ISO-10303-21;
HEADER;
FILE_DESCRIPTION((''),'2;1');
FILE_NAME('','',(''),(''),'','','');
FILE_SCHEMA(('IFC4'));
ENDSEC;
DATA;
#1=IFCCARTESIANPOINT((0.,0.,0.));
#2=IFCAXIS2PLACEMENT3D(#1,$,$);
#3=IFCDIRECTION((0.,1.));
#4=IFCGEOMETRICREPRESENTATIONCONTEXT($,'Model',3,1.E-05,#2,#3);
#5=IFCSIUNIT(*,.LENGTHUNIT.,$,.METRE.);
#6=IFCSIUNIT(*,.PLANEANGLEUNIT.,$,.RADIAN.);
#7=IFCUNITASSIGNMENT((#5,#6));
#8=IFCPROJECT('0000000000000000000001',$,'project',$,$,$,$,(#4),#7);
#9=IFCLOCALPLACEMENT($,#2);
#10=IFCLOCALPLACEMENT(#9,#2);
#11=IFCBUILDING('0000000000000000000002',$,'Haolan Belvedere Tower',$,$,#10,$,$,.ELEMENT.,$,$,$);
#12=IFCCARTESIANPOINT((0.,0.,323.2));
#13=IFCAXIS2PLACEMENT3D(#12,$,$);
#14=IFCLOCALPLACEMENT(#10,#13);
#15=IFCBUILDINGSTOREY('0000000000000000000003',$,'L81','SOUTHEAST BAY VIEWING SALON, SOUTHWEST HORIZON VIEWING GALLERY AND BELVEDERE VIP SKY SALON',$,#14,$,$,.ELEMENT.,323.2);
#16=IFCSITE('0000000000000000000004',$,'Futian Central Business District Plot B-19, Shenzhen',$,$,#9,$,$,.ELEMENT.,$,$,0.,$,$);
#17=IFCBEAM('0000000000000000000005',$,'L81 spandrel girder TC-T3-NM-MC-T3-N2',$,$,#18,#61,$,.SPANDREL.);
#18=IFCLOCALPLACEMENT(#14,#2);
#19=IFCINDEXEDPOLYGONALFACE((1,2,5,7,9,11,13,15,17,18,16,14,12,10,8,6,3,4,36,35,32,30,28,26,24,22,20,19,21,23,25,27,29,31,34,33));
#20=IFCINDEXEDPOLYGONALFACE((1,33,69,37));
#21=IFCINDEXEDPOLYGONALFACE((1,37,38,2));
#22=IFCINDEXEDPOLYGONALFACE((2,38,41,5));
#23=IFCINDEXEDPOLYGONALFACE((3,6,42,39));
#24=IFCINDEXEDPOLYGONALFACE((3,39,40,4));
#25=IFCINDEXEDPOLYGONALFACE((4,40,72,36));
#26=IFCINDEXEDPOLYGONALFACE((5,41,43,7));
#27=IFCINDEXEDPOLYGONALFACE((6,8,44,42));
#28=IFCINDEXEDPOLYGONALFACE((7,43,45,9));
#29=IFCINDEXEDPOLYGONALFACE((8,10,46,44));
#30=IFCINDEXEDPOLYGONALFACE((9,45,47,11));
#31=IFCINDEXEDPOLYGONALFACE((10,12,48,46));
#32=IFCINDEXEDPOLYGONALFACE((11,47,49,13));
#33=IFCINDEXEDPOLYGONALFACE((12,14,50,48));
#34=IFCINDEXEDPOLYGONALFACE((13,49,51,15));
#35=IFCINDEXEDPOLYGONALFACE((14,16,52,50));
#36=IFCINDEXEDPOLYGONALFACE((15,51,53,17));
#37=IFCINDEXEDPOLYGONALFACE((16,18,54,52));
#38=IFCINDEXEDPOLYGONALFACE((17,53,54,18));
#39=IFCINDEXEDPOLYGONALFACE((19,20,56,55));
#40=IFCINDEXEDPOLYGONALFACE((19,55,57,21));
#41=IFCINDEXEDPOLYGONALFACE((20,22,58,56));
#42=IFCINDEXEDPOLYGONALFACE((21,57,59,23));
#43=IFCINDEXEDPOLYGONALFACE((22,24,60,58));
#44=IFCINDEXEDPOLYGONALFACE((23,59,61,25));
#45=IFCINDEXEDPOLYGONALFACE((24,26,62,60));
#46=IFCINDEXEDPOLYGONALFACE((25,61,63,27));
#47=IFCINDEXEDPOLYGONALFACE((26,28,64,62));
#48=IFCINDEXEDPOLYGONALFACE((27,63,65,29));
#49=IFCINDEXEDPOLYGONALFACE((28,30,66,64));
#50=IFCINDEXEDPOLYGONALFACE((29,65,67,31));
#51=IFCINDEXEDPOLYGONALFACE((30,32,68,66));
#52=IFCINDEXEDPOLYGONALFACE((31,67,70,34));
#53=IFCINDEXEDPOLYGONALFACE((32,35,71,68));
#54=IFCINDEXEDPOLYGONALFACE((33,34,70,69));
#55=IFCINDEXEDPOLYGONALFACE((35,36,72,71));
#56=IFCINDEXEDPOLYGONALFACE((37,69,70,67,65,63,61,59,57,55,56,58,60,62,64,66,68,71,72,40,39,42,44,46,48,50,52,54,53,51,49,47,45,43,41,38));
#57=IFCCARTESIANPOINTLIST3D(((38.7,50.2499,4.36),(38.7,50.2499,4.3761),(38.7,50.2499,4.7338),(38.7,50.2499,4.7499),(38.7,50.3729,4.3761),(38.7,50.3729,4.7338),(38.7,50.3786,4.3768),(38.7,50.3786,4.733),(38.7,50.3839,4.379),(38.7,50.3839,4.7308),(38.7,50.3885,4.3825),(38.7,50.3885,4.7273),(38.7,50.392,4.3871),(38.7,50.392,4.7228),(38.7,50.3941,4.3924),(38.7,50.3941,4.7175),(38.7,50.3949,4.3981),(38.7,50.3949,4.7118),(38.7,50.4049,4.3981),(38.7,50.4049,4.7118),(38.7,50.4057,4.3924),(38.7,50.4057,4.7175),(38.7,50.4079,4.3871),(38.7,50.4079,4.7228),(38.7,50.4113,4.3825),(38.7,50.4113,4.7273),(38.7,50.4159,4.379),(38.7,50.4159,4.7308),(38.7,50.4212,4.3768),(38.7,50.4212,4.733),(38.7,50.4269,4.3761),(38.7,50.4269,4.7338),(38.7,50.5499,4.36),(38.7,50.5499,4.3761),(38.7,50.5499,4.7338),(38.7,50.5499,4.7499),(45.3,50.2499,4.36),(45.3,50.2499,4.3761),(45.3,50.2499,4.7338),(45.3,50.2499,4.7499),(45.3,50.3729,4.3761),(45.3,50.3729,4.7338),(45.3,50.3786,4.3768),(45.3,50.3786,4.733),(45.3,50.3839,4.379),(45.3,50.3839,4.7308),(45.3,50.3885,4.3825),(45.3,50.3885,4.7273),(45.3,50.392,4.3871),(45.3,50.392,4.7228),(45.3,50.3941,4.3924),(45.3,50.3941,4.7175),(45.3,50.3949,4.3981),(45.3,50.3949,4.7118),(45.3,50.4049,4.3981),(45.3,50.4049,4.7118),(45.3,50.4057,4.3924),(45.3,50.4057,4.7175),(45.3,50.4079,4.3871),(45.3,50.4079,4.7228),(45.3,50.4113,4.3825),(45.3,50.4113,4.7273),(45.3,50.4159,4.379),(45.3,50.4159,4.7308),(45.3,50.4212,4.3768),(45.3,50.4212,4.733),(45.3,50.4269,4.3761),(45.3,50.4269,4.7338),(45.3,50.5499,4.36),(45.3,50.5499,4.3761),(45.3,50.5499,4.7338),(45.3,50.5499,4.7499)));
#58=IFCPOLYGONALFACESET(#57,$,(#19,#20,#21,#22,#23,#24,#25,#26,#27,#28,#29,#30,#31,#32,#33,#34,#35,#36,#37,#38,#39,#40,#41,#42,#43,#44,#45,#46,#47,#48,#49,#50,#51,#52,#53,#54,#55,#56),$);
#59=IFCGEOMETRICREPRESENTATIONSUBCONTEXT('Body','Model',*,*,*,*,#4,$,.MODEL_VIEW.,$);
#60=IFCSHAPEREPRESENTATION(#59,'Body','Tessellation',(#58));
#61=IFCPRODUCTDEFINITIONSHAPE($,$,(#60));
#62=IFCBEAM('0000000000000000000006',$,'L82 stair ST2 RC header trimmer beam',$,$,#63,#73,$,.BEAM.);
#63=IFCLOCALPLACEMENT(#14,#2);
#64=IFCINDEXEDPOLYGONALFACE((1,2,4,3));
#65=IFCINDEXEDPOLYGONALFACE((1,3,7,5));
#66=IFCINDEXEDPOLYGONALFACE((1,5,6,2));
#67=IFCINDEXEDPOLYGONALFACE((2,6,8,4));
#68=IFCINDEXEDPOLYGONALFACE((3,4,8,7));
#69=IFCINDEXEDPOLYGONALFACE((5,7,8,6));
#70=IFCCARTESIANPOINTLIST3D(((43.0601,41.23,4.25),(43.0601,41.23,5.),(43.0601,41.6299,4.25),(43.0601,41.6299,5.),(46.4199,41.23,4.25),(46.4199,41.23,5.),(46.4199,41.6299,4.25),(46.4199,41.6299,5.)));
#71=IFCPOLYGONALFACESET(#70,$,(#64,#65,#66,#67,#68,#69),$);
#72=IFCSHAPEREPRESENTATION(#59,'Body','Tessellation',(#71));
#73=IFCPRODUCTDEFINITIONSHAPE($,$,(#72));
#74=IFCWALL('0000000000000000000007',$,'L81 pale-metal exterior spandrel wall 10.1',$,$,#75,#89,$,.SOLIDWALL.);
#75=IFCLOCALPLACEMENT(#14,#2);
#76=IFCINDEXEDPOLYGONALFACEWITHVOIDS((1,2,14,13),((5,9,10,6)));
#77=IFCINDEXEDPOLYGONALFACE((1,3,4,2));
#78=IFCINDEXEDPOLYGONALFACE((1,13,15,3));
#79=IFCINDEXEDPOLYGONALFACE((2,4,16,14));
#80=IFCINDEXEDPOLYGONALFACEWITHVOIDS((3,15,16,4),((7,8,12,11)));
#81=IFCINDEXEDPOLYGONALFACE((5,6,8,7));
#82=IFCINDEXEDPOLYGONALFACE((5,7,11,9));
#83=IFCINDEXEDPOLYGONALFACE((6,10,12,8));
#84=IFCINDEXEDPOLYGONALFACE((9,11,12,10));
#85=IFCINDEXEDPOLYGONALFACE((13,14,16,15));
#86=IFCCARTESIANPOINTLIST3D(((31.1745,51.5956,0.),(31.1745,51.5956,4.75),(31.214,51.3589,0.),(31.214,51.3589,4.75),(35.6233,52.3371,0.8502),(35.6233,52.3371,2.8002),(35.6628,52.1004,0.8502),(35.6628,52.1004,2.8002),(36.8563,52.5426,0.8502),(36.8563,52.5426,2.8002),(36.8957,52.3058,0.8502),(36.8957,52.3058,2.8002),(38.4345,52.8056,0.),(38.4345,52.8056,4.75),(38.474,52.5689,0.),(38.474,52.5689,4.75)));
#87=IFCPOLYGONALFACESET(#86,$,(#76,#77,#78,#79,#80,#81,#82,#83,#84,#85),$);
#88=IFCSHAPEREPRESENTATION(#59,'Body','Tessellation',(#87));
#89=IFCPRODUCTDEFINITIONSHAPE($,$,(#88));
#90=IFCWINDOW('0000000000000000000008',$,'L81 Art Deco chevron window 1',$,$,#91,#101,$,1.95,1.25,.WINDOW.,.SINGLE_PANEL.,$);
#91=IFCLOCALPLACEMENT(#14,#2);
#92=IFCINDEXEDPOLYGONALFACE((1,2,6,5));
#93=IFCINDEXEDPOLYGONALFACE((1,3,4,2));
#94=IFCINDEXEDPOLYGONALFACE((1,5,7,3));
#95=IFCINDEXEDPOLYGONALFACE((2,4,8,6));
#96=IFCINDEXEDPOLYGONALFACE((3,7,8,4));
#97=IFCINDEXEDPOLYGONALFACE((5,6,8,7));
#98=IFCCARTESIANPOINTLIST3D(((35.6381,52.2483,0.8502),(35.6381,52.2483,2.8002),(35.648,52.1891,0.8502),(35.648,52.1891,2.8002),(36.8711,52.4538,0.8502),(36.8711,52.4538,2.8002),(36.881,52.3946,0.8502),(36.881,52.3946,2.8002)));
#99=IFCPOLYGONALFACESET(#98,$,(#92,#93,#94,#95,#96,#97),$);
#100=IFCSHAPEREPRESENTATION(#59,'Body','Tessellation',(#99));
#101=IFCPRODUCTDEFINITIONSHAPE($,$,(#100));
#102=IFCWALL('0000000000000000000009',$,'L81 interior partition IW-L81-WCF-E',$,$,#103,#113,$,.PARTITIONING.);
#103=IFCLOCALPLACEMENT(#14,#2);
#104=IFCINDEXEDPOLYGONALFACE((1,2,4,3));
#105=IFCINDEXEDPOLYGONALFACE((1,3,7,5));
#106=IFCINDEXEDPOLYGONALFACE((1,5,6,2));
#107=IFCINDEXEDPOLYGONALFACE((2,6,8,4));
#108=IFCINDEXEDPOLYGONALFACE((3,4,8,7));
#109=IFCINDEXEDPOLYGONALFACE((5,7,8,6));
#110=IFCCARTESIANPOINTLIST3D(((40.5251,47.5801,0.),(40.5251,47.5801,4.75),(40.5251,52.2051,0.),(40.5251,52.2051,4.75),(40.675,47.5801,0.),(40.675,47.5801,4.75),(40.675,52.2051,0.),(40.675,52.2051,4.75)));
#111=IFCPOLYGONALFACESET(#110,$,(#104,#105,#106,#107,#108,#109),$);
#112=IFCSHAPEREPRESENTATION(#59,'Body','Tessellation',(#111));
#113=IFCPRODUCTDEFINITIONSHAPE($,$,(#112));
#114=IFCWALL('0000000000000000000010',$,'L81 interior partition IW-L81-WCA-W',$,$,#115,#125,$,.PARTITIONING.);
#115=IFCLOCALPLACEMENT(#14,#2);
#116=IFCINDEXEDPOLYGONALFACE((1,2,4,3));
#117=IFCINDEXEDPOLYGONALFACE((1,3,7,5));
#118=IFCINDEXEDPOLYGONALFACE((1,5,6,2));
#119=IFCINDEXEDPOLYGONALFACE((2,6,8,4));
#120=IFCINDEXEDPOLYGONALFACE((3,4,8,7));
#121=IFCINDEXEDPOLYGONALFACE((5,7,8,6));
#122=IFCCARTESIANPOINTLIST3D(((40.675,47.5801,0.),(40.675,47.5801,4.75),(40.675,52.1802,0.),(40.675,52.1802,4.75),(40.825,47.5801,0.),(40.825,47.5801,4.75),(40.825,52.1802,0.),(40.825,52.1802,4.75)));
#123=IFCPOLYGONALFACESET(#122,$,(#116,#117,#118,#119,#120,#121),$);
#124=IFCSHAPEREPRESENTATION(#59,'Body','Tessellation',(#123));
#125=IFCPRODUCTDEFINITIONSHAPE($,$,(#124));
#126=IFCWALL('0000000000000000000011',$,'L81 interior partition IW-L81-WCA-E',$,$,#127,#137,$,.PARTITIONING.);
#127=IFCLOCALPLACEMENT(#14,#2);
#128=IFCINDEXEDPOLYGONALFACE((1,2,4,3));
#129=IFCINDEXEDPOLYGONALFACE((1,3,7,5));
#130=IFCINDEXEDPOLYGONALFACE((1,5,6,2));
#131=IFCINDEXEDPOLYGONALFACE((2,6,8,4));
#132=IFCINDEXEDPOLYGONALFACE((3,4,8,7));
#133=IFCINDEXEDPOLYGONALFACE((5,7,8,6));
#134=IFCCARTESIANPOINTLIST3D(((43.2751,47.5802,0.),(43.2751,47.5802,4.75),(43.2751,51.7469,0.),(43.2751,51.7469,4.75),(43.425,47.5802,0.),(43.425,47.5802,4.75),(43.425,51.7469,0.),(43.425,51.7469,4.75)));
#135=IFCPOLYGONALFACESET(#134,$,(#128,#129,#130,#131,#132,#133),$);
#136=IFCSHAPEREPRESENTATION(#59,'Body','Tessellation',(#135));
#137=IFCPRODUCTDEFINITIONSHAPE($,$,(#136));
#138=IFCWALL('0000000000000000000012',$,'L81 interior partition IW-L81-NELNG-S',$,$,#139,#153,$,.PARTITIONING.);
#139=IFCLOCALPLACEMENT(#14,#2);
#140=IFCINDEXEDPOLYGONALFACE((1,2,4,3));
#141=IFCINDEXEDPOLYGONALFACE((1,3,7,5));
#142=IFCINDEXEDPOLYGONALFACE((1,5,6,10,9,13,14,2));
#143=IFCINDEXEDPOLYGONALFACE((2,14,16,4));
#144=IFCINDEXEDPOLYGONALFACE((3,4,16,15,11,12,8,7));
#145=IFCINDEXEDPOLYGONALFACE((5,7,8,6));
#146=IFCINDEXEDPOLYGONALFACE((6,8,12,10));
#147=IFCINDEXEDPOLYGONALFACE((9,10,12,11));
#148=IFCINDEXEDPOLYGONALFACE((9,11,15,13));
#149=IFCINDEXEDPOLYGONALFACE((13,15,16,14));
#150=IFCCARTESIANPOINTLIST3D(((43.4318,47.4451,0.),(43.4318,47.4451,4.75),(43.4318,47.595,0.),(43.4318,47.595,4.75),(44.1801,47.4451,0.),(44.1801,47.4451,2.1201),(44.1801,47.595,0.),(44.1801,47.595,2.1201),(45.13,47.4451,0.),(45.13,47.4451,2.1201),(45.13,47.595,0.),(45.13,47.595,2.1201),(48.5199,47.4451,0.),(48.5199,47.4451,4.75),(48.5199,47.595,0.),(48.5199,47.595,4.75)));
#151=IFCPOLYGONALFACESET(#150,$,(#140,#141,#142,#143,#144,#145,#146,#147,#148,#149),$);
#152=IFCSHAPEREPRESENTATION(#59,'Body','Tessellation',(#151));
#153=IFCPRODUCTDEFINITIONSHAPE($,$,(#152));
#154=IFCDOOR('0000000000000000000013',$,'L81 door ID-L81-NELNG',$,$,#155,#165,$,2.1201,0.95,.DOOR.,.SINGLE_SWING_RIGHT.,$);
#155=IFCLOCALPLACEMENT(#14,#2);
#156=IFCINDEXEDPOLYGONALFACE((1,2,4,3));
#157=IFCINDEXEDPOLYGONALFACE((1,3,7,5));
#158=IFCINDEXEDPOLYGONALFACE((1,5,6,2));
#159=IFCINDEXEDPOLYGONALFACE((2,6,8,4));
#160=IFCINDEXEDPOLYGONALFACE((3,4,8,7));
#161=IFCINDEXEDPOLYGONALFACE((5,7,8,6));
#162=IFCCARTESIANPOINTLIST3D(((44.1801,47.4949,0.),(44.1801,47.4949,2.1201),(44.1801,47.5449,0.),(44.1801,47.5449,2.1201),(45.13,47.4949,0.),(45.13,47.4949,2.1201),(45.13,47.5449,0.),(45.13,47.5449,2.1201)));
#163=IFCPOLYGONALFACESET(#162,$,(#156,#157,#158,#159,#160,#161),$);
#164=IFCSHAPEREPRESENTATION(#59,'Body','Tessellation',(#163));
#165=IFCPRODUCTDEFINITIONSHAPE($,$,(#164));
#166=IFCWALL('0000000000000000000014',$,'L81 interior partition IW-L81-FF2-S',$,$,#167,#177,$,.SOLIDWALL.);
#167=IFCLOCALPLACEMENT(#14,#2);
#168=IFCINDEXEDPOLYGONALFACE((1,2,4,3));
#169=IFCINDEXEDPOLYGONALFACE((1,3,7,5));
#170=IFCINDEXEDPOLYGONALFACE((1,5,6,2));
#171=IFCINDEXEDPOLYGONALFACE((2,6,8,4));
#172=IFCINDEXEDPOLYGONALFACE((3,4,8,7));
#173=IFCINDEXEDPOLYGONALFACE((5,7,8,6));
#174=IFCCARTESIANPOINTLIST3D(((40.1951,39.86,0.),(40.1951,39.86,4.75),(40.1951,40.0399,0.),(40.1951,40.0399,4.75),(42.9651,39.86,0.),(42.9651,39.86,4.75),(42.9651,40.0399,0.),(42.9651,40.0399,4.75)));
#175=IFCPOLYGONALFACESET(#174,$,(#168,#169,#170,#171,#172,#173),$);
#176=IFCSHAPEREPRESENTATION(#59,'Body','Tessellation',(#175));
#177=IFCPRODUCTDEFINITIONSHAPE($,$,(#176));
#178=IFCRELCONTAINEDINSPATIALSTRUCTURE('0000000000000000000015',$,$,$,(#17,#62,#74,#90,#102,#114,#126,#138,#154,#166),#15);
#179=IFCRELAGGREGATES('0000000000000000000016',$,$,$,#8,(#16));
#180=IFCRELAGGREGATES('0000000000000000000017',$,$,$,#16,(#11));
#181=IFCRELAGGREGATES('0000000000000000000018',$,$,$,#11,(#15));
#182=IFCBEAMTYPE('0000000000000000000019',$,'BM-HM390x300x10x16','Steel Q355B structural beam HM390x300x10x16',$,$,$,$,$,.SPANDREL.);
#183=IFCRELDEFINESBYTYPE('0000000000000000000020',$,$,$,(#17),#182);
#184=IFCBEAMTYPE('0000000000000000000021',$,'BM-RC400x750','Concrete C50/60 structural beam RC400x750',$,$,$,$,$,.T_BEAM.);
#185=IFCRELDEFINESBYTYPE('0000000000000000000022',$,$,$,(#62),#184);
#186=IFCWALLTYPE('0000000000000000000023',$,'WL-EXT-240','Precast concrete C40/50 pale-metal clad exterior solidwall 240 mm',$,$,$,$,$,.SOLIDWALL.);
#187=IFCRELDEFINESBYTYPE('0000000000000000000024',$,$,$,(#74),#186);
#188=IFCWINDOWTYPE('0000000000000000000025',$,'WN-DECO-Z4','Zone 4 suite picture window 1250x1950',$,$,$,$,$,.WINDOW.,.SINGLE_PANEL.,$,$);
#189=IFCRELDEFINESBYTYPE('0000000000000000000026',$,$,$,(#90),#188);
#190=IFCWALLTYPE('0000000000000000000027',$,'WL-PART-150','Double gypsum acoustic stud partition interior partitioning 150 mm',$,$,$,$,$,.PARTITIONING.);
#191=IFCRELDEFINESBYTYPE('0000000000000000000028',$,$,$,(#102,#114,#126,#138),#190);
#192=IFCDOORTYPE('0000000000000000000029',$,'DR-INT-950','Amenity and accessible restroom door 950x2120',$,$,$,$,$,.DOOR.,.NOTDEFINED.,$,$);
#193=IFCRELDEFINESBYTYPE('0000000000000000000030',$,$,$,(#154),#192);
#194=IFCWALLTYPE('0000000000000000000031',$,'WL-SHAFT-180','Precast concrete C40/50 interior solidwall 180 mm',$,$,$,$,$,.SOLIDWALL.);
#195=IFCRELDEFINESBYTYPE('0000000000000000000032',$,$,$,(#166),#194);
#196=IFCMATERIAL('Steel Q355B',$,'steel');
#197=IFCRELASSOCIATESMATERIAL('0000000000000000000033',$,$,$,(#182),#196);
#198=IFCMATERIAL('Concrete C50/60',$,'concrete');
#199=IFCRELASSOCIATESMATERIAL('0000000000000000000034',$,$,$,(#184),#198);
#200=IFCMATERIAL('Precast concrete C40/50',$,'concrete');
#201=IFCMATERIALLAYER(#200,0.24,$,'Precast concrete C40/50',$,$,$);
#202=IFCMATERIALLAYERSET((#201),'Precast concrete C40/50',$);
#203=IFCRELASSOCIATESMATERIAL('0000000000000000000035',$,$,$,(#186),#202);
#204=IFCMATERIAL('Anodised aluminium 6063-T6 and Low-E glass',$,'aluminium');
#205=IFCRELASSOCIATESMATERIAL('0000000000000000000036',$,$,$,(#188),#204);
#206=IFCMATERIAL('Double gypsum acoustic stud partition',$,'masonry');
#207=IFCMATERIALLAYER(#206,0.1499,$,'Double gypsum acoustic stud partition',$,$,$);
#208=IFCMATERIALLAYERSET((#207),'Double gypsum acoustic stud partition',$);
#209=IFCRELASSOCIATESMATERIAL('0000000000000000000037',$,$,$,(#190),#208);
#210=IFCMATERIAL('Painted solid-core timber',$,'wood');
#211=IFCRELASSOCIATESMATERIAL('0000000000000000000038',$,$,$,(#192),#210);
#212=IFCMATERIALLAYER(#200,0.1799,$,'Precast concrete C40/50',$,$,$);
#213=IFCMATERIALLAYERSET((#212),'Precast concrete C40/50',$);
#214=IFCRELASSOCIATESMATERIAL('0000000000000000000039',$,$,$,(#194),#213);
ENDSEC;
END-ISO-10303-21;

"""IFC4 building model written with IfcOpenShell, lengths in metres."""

from ifc_helpers import new_model, si_unit, direction, frame, frame_2d, origin, origin_2d, place, context, subcontext, project, spatial, rectangle, i_section, extrude, material, layer, layer_set, material_profile, profile_set, type_object, element, fill, save


model = new_model("IFC4")

# Units and contexts
model_context = context("Model", 3, precision=1e-05, world=origin(), true_north=direction((0.0, 1.0)))
body_context = subcontext(model_context, "Body", "Model", "MODEL_VIEW")
ifc_project = project(units=[si_unit("LENGTHUNIT", "METRE"), si_unit("PLANEANGLEUNIT", "RADIAN")], contexts=[model_context])

# Site, building, storey
site_placement = place(None, origin())
site = spatial("IfcSite", under=ifc_project, at=site_placement, Name="Futian Central Business District Plot B-19, Shenzhen", CompositionType="ELEMENT", RefElevation=0.0)
building_placement = place(site_placement, origin())
building = spatial("IfcBuilding", under=site, at=building_placement, Name="Haolan Belvedere Tower", CompositionType="ELEMENT")
storey_placement = place(building_placement, frame((0.0, 0.0, 323.2)))
storey = spatial("IfcBuildingStorey", under=building, at=storey_placement, Name="L81", Description="SOUTHEAST BAY VIEWING SALON, SOUTHWEST HORIZON VIEWING GALLERY AND BELVEDERE VIP SKY SALON", CompositionType="ELEMENT", Elevation=323.2)

# Beams
ifc_material_1 = material(Name="Steel Q355B", Category="steel")
ifc_material_profile_1 = material_profile(ifc_material_1, i_section(OverallWidth=0.3, OverallDepth=0.3899, WebThickness=0.01, FlangeThickness=0.0161, FilletRadius=0.022, at=origin_2d()), Name="Steel Q355B")
ifc_profile_set_1 = profile_set([ifc_material_profile_1], Name="Steel Q355B")
beam_type_1 = type_object("IfcBeamType", Name="BM-HM390x300x10x16", Description="Steel Q355B structural beam HM390x300x10x16", PredefinedType="SPANDREL", material=ifc_profile_set_1)
beam_1_placement = place(storey_placement, frame((38.7, 50.3999, 4.5549), z_axis=(1.0, 0.0, 0.0), x_axis=(0.0, 1.0, 0.0)))
element("IfcBeam", 1, at=beam_1_placement, inside=storey, type_object=beam_type_1, Name="L81 spandrel girder TC-T3-NM-MC-T3-N2", PredefinedType="SPANDREL", context=body_context, shape_type="SweptSolid", body=[
    extrude(i_section(OverallWidth=0.3, OverallDepth=0.3899, WebThickness=0.01, FlangeThickness=0.0161, FilletRadius=0.022, at=origin_2d()), origin(), (0.0, 0.0, 1.0), 6.6001),
])
ifc_material_2 = material(Name="Concrete C50/60", Category="concrete")
ifc_material_profile_2 = material_profile(ifc_material_2, rectangle(XDim=0.3999, YDim=0.75, at=origin_2d()), Name="Concrete C50/60")
ifc_profile_set_2 = profile_set([ifc_material_profile_2], Name="Concrete C50/60")
beam_type_2 = type_object("IfcBeamType", Name="BM-RC400x750", Description="Concrete C50/60 structural beam RC400x750", PredefinedType="T_BEAM", material=ifc_profile_set_2)
beam_2_placement = place(storey_placement, frame((43.0601, 41.4299, 4.625), z_axis=(1.0, 0.0, 0.0), x_axis=(0.0, 1.0, 0.0)))
element("IfcBeam", 2, at=beam_2_placement, inside=storey, type_object=beam_type_2, Name="L82 stair ST2 RC header trimmer beam", PredefinedType="BEAM", context=body_context, shape_type="SweptSolid", body=[
    extrude(rectangle(XDim=0.3999, YDim=0.75, at=origin_2d()), origin(), (0.0, 0.0, 1.0), 3.3599),
])

# Wall, opening, window
ifc_material_3 = material(Name="Precast concrete C40/50", Category="concrete")
ifc_layer_1 = layer(ifc_material_3, 0.24, Name="Precast concrete C40/50")
ifc_layer_set_1 = layer_set([ifc_layer_1], Name="Precast concrete C40/50")
wall_type_1 = type_object("IfcWallType", Name="WL-EXT-240", Description="Precast concrete C40/50 pale-metal clad exterior solidwall 240 mm", PredefinedType="SOLIDWALL", material=ifc_layer_set_1)
wall_1_placement = place(storey_placement, frame((38.4543, 52.6873, 0.0), z_axis=(0.0, 0.0, 1.0), x_axis=(-0.986395, -0.164394, 0.0)))
wall_1 = element("IfcWall", 3, at=wall_1_placement, inside=storey, type_object=wall_type_1, Name="L81 pale-metal exterior spandrel wall 10.1", PredefinedType="SOLIDWALL", context=body_context, shape_type="SweptSolid", body=[
    extrude(rectangle(XDim=7.3601, YDim=0.24, at=frame_2d((3.6802, 0.0))), origin(), (0.0, 0.0, 1.0), 4.75),
])
opening_1_placement = place(wall_1_placement, frame((1.6001, 0.0, 0.8501)))
opening_1 = element("IfcOpeningElement", 4, at=opening_1_placement, cuts=wall_1, PredefinedType="OPENING", context=body_context, shape_type="SweptSolid", body=[
    extrude(rectangle(XDim=1.25, YDim=1.95, at=frame_2d((0.625, 0.9751))), frame((0.0, 0.1299, 0.0), z_axis=(0.0, -1.0, 0.0), x_axis=(1.0, 0.0, 0.0)), (0.0, 0.0, 1.0), 0.26),
])
ifc_material_4 = material(Name="Anodised aluminium 6063-T6 and Low-E glass", Category="aluminium")
window_type = type_object("IfcWindowType", Name="WN-DECO-Z4", Description="Zone 4 suite picture window 1250x1950", PartitioningType="SINGLE_PANEL", PredefinedType="WINDOW", material=ifc_material_4)
window_placement = place(opening_1_placement, origin())
window = element("IfcWindow", 5, at=window_placement, inside=storey, type_object=window_type, Name="L81 Art Deco chevron window 1", OverallHeight=1.95, OverallWidth=1.25, PartitioningType="SINGLE_PANEL", PredefinedType="WINDOW", context=body_context, shape_type="SweptSolid", body=[
    extrude(rectangle(XDim=1.25, YDim=1.95, at=frame_2d((0.625, 0.9751))), frame((0.0, 0.03, 0.0), z_axis=(0.0, -1.0, 0.0), x_axis=(1.0, 0.0, 0.0)), (0.0, 0.0, 1.0), 0.0601),
])
fill(opening_1, window)

# Wall
ifc_material_5 = material(Name="Double gypsum acoustic stud partition", Category="masonry")
ifc_layer_2 = layer(ifc_material_5, 0.1499, Name="Double gypsum acoustic stud partition")
ifc_layer_set_2 = layer_set([ifc_layer_2], Name="Double gypsum acoustic stud partition")
wall_type_2 = type_object("IfcWallType", Name="WL-PART-150", Description="Double gypsum acoustic stud partition interior partitioning 150 mm", PredefinedType="PARTITIONING", material=ifc_layer_set_2)
wall_2_placement = place(storey_placement, frame((40.6001, 47.5801, 0.0), z_axis=(0.0, 0.0, 1.0), x_axis=(0.0, 1.0, 0.0)))
element("IfcWall", 6, at=wall_2_placement, inside=storey, type_object=wall_type_2, Name="L81 interior partition IW-L81-WCF-E", PredefinedType="PARTITIONING", context=body_context, shape_type="SweptSolid", body=[
    extrude(rectangle(XDim=4.625, YDim=0.1499, at=frame_2d((2.3125, 0.0))), origin(), (0.0, 0.0, 1.0), 4.75),
])

# Shared definitions
ifc_material_6 = material(Name="Painted solid-core timber", Category="wood")
door_type_1 = type_object("IfcDoorType", Name="DR-INT-950", Description="Amenity and accessible restroom door 950x2120", OperationType="NOTDEFINED", PredefinedType="DOOR", material=ifc_material_6)

# Walls
wall_3_placement = place(storey_placement, frame((40.75, 47.5801, 0.0), z_axis=(0.0, 0.0, 1.0), x_axis=(0.0, 1.0, 0.0)))
element("IfcWall", 7, at=wall_3_placement, inside=storey, type_object=wall_type_2, Name="L81 interior partition IW-L81-WCA-W", PredefinedType="PARTITIONING", context=body_context, shape_type="SweptSolid", body=[
    extrude(rectangle(XDim=4.6001, YDim=0.1499, at=frame_2d((2.3, 0.0))), origin(), (0.0, 0.0, 1.0), 4.75),
])
wall_4_placement = place(storey_placement, frame((43.3501, 47.5801, 0.0), z_axis=(0.0, 0.0, 1.0), x_axis=(0.0, 1.0, 0.0)))
element("IfcWall", 8, at=wall_4_placement, inside=storey, type_object=wall_type_2, Name="L81 interior partition IW-L81-WCA-E", PredefinedType="PARTITIONING", context=body_context, shape_type="SweptSolid", body=[
    extrude(rectangle(XDim=4.1667, YDim=0.1499, at=frame_2d((2.0835, 0.0))), origin(), (0.0, 0.0, 1.0), 4.75),
])

# Wall, opening, door
wall_5_placement = place(storey_placement, frame((43.4319, 47.52, 0.0), z_axis=(0.0, 0.0, 1.0), x_axis=(1.0, 0.0, 0.0)))
wall_5 = element("IfcWall", 9, at=wall_5_placement, inside=storey, type_object=wall_type_2, Name="L81 interior partition IW-L81-NELNG-S", PredefinedType="PARTITIONING", context=body_context, shape_type="SweptSolid", body=[
    extrude(rectangle(XDim=5.0881, YDim=0.1499, at=frame_2d((2.5439, 0.0))), origin(), (0.0, 0.0, 1.0), 4.75),
])
opening_2_placement = place(wall_5_placement, frame((0.748, 0.0, 0.0)))
opening_2 = element("IfcOpeningElement", 10, at=opening_2_placement, cuts=wall_5, PredefinedType="OPENING", context=body_context, shape_type="SweptSolid", body=[
    extrude(rectangle(XDim=0.95, YDim=2.1201, at=frame_2d((0.4751, 1.0601))), frame((0.0, 0.085, 0.0), z_axis=(0.0, -1.0, 0.0), x_axis=(1.0, 0.0, 0.0)), (0.0, 0.0, 1.0), 0.1699),
])
door_1_placement = place(opening_2_placement, origin())
door_1 = element("IfcDoor", 11, at=door_1_placement, inside=storey, type_object=door_type_1, Name="L81 door ID-L81-NELNG", OperationType="SINGLE_SWING_RIGHT", OverallHeight=2.1201, OverallWidth=0.95, PredefinedType="DOOR", context=body_context, shape_type="SweptSolid", body=[
    extrude(rectangle(XDim=0.95, YDim=2.1201, at=frame_2d((0.4751, 1.0601))), frame((0.0, 0.0249, 0.0), z_axis=(0.0, -1.0, 0.0), x_axis=(1.0, 0.0, 0.0)), (0.0, 0.0, 1.0), 0.05),
])
fill(opening_2, door_1)

# Wall
ifc_layer_3 = layer(ifc_material_3, 0.1799, Name="Precast concrete C40/50")
ifc_layer_set_3 = layer_set([ifc_layer_3], Name="Precast concrete C40/50")
wall_type_3 = type_object("IfcWallType", Name="WL-SHAFT-180", Description="Precast concrete C40/50 interior solidwall 180 mm", PredefinedType="SOLIDWALL", material=ifc_layer_set_3)
wall_6_placement = place(storey_placement, frame((40.1951, 39.95, 0.0), z_axis=(0.0, 0.0, 1.0), x_axis=(1.0, 0.0, 0.0)))
element("IfcWall", 12, at=wall_6_placement, inside=storey, type_object=wall_type_3, Name="L81 interior partition IW-L81-FF2-S", PredefinedType="SOLIDWALL", context=body_context, shape_type="SweptSolid", body=[
    extrude(rectangle(XDim=2.77, YDim=0.1799, at=frame_2d((1.385, 0.0))), origin(), (0.0, 0.0, 1.0), 4.75),
])

save(model, "model.ifc")
